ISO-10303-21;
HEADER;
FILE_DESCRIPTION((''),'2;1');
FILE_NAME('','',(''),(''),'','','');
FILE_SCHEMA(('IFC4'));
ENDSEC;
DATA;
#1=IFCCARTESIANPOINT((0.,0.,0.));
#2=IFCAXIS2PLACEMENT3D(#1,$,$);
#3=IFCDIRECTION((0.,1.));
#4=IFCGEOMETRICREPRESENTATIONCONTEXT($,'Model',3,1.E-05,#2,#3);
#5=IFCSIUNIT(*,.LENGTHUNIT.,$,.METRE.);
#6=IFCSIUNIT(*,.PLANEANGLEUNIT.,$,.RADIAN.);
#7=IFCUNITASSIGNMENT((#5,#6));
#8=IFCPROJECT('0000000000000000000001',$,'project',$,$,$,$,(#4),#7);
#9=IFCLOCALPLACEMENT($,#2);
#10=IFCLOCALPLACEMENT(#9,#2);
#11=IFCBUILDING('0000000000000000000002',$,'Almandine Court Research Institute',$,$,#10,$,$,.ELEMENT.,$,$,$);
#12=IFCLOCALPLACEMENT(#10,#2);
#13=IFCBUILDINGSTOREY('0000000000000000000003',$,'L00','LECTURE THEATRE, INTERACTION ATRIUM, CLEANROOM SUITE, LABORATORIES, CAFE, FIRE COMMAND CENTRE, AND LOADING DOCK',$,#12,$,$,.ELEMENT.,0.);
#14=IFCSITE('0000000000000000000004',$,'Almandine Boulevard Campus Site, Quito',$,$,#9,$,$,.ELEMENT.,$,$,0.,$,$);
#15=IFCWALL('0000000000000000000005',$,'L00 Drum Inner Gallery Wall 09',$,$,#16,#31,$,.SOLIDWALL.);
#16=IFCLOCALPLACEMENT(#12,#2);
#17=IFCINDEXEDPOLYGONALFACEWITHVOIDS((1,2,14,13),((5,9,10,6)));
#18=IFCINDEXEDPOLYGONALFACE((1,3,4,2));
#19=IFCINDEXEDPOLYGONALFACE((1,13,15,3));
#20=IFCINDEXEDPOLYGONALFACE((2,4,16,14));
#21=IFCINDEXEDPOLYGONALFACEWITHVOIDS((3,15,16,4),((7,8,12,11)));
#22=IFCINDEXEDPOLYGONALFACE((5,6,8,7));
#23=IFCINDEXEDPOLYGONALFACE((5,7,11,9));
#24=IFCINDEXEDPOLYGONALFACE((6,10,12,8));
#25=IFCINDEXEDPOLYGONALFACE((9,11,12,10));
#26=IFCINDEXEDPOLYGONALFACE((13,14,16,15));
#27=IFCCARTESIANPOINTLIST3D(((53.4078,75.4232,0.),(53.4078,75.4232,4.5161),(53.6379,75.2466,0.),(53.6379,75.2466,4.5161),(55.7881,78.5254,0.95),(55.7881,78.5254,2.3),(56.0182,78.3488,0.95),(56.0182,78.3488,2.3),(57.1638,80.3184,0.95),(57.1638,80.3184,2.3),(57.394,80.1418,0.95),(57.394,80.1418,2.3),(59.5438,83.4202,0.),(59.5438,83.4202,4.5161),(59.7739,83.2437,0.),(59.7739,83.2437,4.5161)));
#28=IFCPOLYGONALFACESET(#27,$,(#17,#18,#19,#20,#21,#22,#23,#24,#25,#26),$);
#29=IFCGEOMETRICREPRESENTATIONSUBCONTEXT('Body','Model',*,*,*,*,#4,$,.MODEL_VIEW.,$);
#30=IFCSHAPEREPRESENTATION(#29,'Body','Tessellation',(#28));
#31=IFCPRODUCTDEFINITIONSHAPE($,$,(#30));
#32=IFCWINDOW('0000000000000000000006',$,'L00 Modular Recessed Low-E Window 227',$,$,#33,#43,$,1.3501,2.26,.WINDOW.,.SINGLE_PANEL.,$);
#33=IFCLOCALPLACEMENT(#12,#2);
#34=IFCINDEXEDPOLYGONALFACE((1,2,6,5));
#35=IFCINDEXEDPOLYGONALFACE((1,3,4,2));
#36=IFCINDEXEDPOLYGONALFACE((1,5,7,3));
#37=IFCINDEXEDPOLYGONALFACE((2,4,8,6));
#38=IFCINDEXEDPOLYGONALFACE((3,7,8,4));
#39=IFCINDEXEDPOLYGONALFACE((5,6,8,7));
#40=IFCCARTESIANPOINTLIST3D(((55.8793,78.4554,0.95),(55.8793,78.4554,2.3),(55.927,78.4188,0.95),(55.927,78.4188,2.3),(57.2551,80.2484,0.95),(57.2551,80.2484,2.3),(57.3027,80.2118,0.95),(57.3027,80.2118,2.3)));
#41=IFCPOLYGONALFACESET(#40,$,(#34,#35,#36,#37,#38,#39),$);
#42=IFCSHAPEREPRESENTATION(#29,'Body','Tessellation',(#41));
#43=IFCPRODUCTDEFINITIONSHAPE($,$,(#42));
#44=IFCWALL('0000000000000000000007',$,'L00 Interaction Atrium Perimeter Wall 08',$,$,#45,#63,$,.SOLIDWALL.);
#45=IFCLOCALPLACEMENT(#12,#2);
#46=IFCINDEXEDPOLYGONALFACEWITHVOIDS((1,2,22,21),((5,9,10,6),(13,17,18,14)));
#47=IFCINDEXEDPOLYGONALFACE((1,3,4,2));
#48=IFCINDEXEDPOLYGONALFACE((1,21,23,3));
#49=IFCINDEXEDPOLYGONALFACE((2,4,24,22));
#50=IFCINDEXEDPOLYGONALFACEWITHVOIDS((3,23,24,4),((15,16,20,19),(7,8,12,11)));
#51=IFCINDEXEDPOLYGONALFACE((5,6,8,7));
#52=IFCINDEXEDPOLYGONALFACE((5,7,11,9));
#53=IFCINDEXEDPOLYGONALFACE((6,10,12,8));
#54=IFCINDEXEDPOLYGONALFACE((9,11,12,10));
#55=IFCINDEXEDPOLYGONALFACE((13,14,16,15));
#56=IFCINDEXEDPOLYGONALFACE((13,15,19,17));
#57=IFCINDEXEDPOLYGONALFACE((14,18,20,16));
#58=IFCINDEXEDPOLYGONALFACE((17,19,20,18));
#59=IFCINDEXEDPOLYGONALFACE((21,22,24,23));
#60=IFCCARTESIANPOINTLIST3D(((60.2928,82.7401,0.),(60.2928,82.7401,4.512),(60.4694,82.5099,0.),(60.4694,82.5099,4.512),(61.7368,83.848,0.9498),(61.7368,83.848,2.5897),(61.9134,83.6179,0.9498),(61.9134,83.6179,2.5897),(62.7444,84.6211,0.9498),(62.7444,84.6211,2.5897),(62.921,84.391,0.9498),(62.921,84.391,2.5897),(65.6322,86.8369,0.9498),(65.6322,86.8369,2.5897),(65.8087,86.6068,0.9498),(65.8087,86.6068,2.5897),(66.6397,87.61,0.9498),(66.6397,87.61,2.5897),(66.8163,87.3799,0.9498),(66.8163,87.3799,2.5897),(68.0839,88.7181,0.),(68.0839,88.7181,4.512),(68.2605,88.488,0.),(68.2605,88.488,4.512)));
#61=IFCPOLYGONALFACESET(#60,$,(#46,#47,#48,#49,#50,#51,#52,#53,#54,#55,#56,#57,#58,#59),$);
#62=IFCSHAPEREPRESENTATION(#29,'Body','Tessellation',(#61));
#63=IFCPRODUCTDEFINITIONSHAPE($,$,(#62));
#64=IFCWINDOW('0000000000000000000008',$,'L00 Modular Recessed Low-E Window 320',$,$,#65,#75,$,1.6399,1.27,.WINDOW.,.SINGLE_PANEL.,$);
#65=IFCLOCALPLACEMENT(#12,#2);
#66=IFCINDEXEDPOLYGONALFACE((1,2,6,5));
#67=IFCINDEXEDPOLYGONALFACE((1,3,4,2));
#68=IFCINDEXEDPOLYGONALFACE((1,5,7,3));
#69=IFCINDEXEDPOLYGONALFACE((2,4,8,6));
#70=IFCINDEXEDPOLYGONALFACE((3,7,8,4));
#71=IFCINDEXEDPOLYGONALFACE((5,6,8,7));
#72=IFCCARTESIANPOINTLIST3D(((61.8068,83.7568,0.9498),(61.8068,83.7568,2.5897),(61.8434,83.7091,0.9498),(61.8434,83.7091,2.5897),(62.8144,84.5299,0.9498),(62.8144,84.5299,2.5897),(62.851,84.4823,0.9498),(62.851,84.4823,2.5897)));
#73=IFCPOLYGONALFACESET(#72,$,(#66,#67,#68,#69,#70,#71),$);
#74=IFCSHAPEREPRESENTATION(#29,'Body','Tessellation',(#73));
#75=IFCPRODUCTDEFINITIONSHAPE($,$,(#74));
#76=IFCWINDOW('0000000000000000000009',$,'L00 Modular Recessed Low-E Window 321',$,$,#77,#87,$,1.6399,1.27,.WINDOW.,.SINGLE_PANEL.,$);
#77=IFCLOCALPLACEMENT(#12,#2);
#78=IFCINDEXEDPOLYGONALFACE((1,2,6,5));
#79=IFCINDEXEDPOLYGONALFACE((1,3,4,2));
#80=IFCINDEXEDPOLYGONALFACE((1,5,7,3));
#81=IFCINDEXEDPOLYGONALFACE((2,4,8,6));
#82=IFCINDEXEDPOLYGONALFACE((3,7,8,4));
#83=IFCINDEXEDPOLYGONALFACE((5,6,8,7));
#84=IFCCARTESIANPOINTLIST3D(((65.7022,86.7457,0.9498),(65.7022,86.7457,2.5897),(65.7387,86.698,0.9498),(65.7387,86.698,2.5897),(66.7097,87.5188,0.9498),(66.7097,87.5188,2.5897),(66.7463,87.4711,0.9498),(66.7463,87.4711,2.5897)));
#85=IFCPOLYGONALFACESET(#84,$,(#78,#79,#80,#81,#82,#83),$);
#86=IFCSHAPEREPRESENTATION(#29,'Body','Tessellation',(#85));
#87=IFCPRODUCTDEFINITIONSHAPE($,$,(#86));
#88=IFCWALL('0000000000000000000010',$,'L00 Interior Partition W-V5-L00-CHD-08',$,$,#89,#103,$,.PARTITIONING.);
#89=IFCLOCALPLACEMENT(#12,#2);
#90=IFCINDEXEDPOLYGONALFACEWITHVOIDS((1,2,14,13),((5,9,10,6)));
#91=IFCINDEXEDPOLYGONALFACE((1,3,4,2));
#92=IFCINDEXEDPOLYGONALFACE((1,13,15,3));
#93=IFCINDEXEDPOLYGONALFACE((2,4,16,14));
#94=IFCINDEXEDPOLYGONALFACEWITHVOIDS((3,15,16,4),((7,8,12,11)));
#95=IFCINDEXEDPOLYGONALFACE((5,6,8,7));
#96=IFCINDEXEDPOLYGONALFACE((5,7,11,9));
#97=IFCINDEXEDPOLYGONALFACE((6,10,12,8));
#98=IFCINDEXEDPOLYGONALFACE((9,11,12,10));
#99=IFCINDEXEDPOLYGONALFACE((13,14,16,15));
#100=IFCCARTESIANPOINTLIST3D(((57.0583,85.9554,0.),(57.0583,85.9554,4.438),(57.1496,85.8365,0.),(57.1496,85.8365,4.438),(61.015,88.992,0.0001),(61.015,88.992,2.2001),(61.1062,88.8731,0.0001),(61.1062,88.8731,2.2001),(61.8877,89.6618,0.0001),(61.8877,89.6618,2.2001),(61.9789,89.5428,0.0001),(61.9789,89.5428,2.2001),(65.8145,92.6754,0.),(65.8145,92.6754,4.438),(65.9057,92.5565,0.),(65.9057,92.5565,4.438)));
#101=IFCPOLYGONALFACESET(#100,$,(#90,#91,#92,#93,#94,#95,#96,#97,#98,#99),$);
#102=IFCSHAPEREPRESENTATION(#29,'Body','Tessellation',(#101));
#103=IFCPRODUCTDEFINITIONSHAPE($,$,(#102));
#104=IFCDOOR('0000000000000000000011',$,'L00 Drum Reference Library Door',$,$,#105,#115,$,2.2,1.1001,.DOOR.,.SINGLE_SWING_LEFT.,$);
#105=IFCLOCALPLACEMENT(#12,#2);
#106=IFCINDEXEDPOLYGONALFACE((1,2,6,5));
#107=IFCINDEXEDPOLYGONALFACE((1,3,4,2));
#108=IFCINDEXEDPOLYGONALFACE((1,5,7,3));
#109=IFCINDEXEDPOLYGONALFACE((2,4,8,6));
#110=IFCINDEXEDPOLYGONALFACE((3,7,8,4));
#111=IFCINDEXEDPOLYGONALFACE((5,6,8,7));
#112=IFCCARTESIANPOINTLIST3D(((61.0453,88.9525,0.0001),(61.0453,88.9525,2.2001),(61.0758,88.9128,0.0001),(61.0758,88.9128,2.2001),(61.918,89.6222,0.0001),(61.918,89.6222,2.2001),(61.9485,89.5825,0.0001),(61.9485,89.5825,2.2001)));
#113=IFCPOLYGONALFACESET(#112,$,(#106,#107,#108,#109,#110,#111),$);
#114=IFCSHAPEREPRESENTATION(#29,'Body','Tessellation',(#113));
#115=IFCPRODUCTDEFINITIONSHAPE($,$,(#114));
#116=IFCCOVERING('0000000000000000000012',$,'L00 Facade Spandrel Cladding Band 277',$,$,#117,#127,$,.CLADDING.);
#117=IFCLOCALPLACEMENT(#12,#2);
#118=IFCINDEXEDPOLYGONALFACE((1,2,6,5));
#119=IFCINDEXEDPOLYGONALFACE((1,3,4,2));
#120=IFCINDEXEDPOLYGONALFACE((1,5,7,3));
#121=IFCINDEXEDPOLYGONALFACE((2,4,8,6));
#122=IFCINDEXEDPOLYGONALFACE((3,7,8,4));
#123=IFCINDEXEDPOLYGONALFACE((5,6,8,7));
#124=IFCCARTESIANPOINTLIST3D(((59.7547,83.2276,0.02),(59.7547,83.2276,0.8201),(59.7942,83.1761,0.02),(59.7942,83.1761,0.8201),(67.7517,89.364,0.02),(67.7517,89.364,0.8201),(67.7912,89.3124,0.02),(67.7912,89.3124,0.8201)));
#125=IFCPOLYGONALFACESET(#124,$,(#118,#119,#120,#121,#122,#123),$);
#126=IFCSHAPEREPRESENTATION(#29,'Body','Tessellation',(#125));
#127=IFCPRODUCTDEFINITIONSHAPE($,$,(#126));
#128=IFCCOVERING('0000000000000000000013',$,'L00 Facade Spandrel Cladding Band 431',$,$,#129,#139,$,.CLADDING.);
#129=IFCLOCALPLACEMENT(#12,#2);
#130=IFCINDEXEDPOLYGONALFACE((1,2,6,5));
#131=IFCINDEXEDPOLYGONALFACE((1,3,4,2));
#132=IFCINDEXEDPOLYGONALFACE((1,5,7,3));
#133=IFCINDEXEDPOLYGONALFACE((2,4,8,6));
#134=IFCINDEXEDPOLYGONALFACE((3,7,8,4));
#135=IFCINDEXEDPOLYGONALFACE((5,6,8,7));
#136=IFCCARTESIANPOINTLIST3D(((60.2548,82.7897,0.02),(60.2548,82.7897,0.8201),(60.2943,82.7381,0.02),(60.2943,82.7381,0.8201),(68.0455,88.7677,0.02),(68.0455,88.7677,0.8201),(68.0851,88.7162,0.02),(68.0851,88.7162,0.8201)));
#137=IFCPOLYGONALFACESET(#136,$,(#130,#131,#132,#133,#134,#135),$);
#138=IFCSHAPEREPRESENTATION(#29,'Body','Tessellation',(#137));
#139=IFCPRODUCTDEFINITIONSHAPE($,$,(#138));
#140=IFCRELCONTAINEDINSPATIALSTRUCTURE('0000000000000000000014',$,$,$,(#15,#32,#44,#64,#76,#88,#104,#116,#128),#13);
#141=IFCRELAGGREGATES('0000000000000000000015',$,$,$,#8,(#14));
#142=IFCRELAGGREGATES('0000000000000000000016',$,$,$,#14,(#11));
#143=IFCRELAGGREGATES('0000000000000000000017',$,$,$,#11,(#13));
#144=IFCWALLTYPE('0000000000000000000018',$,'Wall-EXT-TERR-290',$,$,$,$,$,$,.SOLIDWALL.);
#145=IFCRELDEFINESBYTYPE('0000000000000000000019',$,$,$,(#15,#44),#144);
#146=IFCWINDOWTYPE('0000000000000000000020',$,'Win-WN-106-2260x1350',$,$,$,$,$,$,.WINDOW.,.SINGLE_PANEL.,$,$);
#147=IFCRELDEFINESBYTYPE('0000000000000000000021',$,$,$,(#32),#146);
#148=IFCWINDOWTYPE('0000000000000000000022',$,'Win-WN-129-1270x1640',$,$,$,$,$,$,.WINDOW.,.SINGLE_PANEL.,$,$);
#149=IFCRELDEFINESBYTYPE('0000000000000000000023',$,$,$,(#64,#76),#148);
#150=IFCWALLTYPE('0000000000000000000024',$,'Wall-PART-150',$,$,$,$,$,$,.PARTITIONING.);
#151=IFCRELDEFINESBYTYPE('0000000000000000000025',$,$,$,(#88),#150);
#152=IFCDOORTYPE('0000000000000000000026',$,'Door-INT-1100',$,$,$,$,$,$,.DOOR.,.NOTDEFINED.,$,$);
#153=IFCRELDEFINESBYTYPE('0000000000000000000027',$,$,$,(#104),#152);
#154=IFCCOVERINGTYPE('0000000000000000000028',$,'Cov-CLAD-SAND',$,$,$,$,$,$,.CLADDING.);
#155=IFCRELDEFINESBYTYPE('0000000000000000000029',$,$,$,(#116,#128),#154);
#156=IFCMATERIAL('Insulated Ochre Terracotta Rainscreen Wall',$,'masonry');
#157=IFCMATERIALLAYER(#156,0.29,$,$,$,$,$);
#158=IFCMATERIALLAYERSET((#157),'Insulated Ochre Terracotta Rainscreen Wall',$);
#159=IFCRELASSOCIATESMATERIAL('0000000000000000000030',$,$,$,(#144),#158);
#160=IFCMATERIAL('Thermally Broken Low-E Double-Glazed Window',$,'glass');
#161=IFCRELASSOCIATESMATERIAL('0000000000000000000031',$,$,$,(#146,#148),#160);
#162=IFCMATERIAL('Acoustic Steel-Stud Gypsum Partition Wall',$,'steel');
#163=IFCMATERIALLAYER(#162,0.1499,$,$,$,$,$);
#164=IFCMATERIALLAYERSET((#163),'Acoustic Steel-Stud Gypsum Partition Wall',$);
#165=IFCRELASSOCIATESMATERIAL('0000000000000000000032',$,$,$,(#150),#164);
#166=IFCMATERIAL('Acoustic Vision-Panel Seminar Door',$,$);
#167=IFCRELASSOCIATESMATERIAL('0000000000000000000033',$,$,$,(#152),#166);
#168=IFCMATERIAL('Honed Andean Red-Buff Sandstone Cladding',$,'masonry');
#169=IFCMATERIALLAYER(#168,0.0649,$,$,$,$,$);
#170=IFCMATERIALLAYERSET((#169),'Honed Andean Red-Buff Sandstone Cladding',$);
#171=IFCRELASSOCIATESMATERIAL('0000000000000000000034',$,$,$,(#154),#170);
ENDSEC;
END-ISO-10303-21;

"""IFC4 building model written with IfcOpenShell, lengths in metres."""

from ifc_helpers import new_model, si_unit, direction, frame, frame_2d, origin, origin_2d, place, context, subcontext, project, spatial, rectangle, extrude, material, layer, layer_set, type_object, element, fill, save


model = new_model("IFC4")

# Units and contexts
model_context = context("Model", 3, precision=1e-05, world=origin(), true_north=direction((0.0, 1.0)))
body_context = subcontext(model_context, "Body", "Model", "MODEL_VIEW")
ifc_project = project(units=[si_unit("LENGTHUNIT", "METRE"), si_unit("PLANEANGLEUNIT", "RADIAN")], contexts=[model_context])

# Site, building, storey
site_placement = place(None, origin())
site = spatial("IfcSite", under=ifc_project, at=site_placement, Name="Almandine Boulevard Campus Site, Quito", CompositionType="ELEMENT", RefElevation=0.0)
building_placement = place(site_placement, origin())
building = spatial("IfcBuilding", under=site, at=building_placement, Name="Almandine Court Research Institute", CompositionType="ELEMENT")
storey_placement = place(building_placement, origin())
storey = spatial("IfcBuildingStorey", under=building, at=storey_placement, Name="L00", Description="LECTURE THEATRE, INTERACTION ATRIUM, CLEANROOM SUITE, LABORATORIES, CAFE, FIRE COMMAND CENTRE, AND LOADING DOCK", CompositionType="ELEMENT", Elevation=0.0)

# Wall, opening, window
ifc_material_1 = material(Name="Insulated Ochre Terracotta Rainscreen Wall", Category="masonry")
ifc_layer_1 = layer(ifc_material_1, 0.29)
ifc_layer_set_1 = layer_set([ifc_layer_1], Name="Insulated Ochre Terracotta Rainscreen Wall")
wall_type_1 = type_object("IfcWallType", Name="Wall-EXT-TERR-290", PredefinedType="SOLIDWALL", material=ifc_layer_set_1)
wall_1_placement = place(storey_placement, frame((59.6589, 83.332, 0.0), z_axis=(0.0, 0.0, 1.0), x_axis=(-0.608738, -0.793372, 0.0)))
wall_1 = element("IfcWall", 1, at=wall_1_placement, inside=storey, type_object=wall_type_1, Name="L00 Drum Inner Gallery Wall 09", PredefinedType="SOLIDWALL", context=body_context, shape_type="SweptSolid", body=[
    extrude(rectangle(XDim=10.0798, YDim=0.29, at=frame_2d((5.04, 0.0))), origin(), (0.0, 0.0, 1.0), 4.5161),
])
opening_1_placement = place(wall_1_placement, frame((3.9099, 0.0, 0.95)))
opening_1 = element("IfcOpeningElement", 2, at=opening_1_placement, cuts=wall_1, PredefinedType="OPENING", context=body_context, shape_type="SweptSolid", body=[
    extrude(rectangle(XDim=2.26, YDim=1.3501, at=frame_2d((1.1299, 0.675))), frame((0.0, 0.155, 0.0), z_axis=(0.0, -1.0, 0.0), x_axis=(1.0, 0.0, 0.0)), (0.0, 0.0, 1.0), 0.3101),
])
ifc_material_2 = material(Name="Thermally Broken Low-E Double-Glazed Window", Category="glass")
window_type_1 = type_object("IfcWindowType", Name="Win-WN-106-2260x1350", PartitioningType="SINGLE_PANEL", PredefinedType="WINDOW", material=ifc_material_2)
window_1_placement = place(opening_1_placement, origin())
window_1 = element("IfcWindow", 3, at=window_1_placement, inside=storey, type_object=window_type_1, Name="L00 Modular Recessed Low-E Window 227", OverallHeight=1.3501, OverallWidth=2.26, PartitioningType="SINGLE_PANEL", PredefinedType="WINDOW", context=body_context, shape_type="SweptSolid", body=[
    extrude(rectangle(XDim=2.26, YDim=1.3501, at=frame_2d((1.1299, 0.675))), frame((0.0, 0.03, 0.0), z_axis=(0.0, -1.0, 0.0), x_axis=(1.0, 0.0, 0.0)), (0.0, 0.0, 1.0), 0.0601),
])
fill(opening_1, window_1)

# Wall, openings, windows
wall_2_placement = place(storey_placement, frame((60.3811, 82.625, 0.0), z_axis=(0.0, 0.0, 1.0), x_axis=(0.793365, 0.608747, 0.0)))
wall_2 = element("IfcWall", 4, at=wall_2_placement, inside=storey, type_object=wall_type_1, Name="L00 Interaction Atrium Perimeter Wall 08", PredefinedType="SOLIDWALL", context=body_context, shape_type="SweptSolid", body=[
    extrude(rectangle(XDim=9.8203, YDim=0.29, at=frame_2d((4.9102, 0.0))), origin(), (0.0, 0.0, 1.0), 4.512),
])
opening_2_placement = place(wall_2_placement, frame((1.8201, 0.0, 0.95)))
opening_2 = element("IfcOpeningElement", 5, at=opening_2_placement, cuts=wall_2, PredefinedType="OPENING", context=body_context, shape_type="SweptSolid", body=[
    extrude(rectangle(XDim=1.27, YDim=1.6399, at=frame_2d((0.635, 0.8198))), frame((0.0, 0.155, 0.0), z_axis=(0.0, -1.0, 0.0), x_axis=(1.0, 0.0, 0.0)), (0.0, 0.0, 1.0), 0.3101),
])
opening_3_placement = place(wall_2_placement, frame((6.73, 0.0, 0.95)))
opening_3 = element("IfcOpeningElement", 6, at=opening_3_placement, cuts=wall_2, PredefinedType="OPENING", context=body_context, shape_type="SweptSolid", body=[
    extrude(rectangle(XDim=1.27, YDim=1.6399, at=frame_2d((0.635, 0.8198))), frame((0.0, 0.155, 0.0), z_axis=(0.0, -1.0, 0.0), x_axis=(1.0, 0.0, 0.0)), (0.0, 0.0, 1.0), 0.3101),
])
window_type_2 = type_object("IfcWindowType", Name="Win-WN-129-1270x1640", PartitioningType="SINGLE_PANEL", PredefinedType="WINDOW", material=ifc_material_2)
window_2_placement = place(opening_2_placement, origin())
window_2 = element("IfcWindow", 7, at=window_2_placement, inside=storey, type_object=window_type_2, Name="L00 Modular Recessed Low-E Window 320", OverallHeight=1.6399, OverallWidth=1.27, PartitioningType="SINGLE_PANEL", PredefinedType="WINDOW", context=body_context, shape_type="SweptSolid", body=[
    extrude(rectangle(XDim=1.27, YDim=1.6399, at=frame_2d((0.635, 0.8198))), frame((0.0, 0.03, 0.0), z_axis=(0.0, -1.0, 0.0), x_axis=(1.0, 0.0, 0.0)), (0.0, 0.0, 1.0), 0.0601),
])
fill(opening_2, window_2)
window_3_placement = place(opening_3_placement, origin())
window_3 = element("IfcWindow", 8, at=window_3_placement, inside=storey, type_object=window_type_2, Name="L00 Modular Recessed Low-E Window 321", OverallHeight=1.6399, OverallWidth=1.27, PartitioningType="SINGLE_PANEL", PredefinedType="WINDOW", context=body_context, shape_type="SweptSolid", body=[
    extrude(rectangle(XDim=1.27, YDim=1.6399, at=frame_2d((0.635, 0.8198))), frame((0.0, 0.03, 0.0), z_axis=(0.0, -1.0, 0.0), x_axis=(1.0, 0.0, 0.0)), (0.0, 0.0, 1.0), 0.0601),
])
fill(opening_3, window_3)

# Wall, opening, door
ifc_material_3 = material(Name="Acoustic Steel-Stud Gypsum Partition Wall", Category="steel")
ifc_layer_2 = layer(ifc_material_3, 0.1499)
ifc_layer_set_2 = layer_set([ifc_layer_2], Name="Acoustic Steel-Stud Gypsum Partition Wall")
wall_type_2 = type_object("IfcWallType", Name="Wall-PART-150", PredefinedType="PARTITIONING", material=ifc_layer_set_2)
wall_3_placement = place(storey_placement, frame((65.8601, 92.616, 0.0), z_axis=(0.0, 0.0, 1.0), x_axis=(-0.793302, -0.608828, 0.0)))
wall_3 = element("IfcWall", 9, at=wall_3_placement, inside=storey, type_object=wall_type_2, Name="L00 Interior Partition W-V5-L00-CHD-08", PredefinedType="PARTITIONING", context=body_context, shape_type="SweptSolid", body=[
    extrude(rectangle(XDim=11.0376, YDim=0.1499, at=frame_2d((5.5188, 0.0))), origin(), (0.0, 0.0, 1.0), 4.438),
])
opening_4_placement = place(wall_3_placement, frame((4.95, 0.0, 0.0)))
opening_4 = element("IfcOpeningElement", 10, at=opening_4_placement, cuts=wall_3, PredefinedType="OPENING", context=body_context, shape_type="SweptSolid", body=[
    extrude(rectangle(XDim=1.1001, YDim=2.2, at=frame_2d((0.55, 1.1001))), frame((0.0, 0.085, 0.0), z_axis=(0.0, -1.0, 0.0), x_axis=(1.0, 0.0, 0.0)), (0.0, 0.0, 1.0), 0.1699),
])
ifc_material_4 = material(Name="Acoustic Vision-Panel Seminar Door")
door_type = type_object("IfcDoorType", Name="Door-INT-1100", OperationType="NOTDEFINED", PredefinedType="DOOR", material=ifc_material_4)
door_placement = place(opening_4_placement, origin())
door = element("IfcDoor", 11, at=door_placement, inside=storey, type_object=door_type, Name="L00 Drum Reference Library Door", OperationType="SINGLE_SWING_LEFT", OverallHeight=2.2, OverallWidth=1.1001, PredefinedType="DOOR", context=body_context, shape_type="SweptSolid", body=[
    extrude(rectangle(XDim=1.1001, YDim=2.2, at=frame_2d((0.55, 1.1001))), frame((0.0, 0.0249, 0.0), z_axis=(0.0, -1.0, 0.0), x_axis=(1.0, 0.0, 0.0)), (0.0, 0.0, 1.0), 0.05),
])
fill(opening_4, door)

# Coverings
ifc_material_5 = material(Name="Honed Andean Red-Buff Sandstone Cladding", Category="masonry")
ifc_layer_3 = layer(ifc_material_5, 0.0649)
ifc_layer_set_3 = layer_set([ifc_layer_3], Name="Honed Andean Red-Buff Sandstone Cladding")
covering_type = type_object("IfcCoveringType", Name="Cov-CLAD-SAND", PredefinedType="CLADDING", material=ifc_layer_set_3)
covering_1_placement = place(storey_placement, frame((63.7729, 86.27, 0.02), z_axis=(0.0, 0.0, 1.0), x_axis=(-0.793353, -0.608761, 0.0)))
element("IfcCovering", 12, at=covering_1_placement, inside=storey, type_object=covering_type, Name="L00 Facade Spandrel Cladding Band 277", PredefinedType="CLADDING", context=body_context, shape_type="SweptSolid", body=[
    extrude(rectangle(XDim=10.0801, YDim=0.0649, at=origin_2d()), origin(), (0.0, 0.0, 1.0), 0.8),
])
covering_2_placement = place(storey_placement, frame((64.1699, 85.7529, 0.02), z_axis=(0.0, 0.0, 1.0), x_axis=(0.793353, 0.608761, 0.0)))
element("IfcCovering", 13, at=covering_2_placement, inside=storey, type_object=covering_type, Name="L00 Facade Spandrel Cladding Band 431", PredefinedType="CLADDING", context=body_context, shape_type="SweptSolid", body=[
    extrude(rectangle(XDim=9.8201, YDim=0.0649, at=origin_2d()), origin(), (0.0, 0.0, 1.0), 0.8),
])

save(model, "model.ifc")
